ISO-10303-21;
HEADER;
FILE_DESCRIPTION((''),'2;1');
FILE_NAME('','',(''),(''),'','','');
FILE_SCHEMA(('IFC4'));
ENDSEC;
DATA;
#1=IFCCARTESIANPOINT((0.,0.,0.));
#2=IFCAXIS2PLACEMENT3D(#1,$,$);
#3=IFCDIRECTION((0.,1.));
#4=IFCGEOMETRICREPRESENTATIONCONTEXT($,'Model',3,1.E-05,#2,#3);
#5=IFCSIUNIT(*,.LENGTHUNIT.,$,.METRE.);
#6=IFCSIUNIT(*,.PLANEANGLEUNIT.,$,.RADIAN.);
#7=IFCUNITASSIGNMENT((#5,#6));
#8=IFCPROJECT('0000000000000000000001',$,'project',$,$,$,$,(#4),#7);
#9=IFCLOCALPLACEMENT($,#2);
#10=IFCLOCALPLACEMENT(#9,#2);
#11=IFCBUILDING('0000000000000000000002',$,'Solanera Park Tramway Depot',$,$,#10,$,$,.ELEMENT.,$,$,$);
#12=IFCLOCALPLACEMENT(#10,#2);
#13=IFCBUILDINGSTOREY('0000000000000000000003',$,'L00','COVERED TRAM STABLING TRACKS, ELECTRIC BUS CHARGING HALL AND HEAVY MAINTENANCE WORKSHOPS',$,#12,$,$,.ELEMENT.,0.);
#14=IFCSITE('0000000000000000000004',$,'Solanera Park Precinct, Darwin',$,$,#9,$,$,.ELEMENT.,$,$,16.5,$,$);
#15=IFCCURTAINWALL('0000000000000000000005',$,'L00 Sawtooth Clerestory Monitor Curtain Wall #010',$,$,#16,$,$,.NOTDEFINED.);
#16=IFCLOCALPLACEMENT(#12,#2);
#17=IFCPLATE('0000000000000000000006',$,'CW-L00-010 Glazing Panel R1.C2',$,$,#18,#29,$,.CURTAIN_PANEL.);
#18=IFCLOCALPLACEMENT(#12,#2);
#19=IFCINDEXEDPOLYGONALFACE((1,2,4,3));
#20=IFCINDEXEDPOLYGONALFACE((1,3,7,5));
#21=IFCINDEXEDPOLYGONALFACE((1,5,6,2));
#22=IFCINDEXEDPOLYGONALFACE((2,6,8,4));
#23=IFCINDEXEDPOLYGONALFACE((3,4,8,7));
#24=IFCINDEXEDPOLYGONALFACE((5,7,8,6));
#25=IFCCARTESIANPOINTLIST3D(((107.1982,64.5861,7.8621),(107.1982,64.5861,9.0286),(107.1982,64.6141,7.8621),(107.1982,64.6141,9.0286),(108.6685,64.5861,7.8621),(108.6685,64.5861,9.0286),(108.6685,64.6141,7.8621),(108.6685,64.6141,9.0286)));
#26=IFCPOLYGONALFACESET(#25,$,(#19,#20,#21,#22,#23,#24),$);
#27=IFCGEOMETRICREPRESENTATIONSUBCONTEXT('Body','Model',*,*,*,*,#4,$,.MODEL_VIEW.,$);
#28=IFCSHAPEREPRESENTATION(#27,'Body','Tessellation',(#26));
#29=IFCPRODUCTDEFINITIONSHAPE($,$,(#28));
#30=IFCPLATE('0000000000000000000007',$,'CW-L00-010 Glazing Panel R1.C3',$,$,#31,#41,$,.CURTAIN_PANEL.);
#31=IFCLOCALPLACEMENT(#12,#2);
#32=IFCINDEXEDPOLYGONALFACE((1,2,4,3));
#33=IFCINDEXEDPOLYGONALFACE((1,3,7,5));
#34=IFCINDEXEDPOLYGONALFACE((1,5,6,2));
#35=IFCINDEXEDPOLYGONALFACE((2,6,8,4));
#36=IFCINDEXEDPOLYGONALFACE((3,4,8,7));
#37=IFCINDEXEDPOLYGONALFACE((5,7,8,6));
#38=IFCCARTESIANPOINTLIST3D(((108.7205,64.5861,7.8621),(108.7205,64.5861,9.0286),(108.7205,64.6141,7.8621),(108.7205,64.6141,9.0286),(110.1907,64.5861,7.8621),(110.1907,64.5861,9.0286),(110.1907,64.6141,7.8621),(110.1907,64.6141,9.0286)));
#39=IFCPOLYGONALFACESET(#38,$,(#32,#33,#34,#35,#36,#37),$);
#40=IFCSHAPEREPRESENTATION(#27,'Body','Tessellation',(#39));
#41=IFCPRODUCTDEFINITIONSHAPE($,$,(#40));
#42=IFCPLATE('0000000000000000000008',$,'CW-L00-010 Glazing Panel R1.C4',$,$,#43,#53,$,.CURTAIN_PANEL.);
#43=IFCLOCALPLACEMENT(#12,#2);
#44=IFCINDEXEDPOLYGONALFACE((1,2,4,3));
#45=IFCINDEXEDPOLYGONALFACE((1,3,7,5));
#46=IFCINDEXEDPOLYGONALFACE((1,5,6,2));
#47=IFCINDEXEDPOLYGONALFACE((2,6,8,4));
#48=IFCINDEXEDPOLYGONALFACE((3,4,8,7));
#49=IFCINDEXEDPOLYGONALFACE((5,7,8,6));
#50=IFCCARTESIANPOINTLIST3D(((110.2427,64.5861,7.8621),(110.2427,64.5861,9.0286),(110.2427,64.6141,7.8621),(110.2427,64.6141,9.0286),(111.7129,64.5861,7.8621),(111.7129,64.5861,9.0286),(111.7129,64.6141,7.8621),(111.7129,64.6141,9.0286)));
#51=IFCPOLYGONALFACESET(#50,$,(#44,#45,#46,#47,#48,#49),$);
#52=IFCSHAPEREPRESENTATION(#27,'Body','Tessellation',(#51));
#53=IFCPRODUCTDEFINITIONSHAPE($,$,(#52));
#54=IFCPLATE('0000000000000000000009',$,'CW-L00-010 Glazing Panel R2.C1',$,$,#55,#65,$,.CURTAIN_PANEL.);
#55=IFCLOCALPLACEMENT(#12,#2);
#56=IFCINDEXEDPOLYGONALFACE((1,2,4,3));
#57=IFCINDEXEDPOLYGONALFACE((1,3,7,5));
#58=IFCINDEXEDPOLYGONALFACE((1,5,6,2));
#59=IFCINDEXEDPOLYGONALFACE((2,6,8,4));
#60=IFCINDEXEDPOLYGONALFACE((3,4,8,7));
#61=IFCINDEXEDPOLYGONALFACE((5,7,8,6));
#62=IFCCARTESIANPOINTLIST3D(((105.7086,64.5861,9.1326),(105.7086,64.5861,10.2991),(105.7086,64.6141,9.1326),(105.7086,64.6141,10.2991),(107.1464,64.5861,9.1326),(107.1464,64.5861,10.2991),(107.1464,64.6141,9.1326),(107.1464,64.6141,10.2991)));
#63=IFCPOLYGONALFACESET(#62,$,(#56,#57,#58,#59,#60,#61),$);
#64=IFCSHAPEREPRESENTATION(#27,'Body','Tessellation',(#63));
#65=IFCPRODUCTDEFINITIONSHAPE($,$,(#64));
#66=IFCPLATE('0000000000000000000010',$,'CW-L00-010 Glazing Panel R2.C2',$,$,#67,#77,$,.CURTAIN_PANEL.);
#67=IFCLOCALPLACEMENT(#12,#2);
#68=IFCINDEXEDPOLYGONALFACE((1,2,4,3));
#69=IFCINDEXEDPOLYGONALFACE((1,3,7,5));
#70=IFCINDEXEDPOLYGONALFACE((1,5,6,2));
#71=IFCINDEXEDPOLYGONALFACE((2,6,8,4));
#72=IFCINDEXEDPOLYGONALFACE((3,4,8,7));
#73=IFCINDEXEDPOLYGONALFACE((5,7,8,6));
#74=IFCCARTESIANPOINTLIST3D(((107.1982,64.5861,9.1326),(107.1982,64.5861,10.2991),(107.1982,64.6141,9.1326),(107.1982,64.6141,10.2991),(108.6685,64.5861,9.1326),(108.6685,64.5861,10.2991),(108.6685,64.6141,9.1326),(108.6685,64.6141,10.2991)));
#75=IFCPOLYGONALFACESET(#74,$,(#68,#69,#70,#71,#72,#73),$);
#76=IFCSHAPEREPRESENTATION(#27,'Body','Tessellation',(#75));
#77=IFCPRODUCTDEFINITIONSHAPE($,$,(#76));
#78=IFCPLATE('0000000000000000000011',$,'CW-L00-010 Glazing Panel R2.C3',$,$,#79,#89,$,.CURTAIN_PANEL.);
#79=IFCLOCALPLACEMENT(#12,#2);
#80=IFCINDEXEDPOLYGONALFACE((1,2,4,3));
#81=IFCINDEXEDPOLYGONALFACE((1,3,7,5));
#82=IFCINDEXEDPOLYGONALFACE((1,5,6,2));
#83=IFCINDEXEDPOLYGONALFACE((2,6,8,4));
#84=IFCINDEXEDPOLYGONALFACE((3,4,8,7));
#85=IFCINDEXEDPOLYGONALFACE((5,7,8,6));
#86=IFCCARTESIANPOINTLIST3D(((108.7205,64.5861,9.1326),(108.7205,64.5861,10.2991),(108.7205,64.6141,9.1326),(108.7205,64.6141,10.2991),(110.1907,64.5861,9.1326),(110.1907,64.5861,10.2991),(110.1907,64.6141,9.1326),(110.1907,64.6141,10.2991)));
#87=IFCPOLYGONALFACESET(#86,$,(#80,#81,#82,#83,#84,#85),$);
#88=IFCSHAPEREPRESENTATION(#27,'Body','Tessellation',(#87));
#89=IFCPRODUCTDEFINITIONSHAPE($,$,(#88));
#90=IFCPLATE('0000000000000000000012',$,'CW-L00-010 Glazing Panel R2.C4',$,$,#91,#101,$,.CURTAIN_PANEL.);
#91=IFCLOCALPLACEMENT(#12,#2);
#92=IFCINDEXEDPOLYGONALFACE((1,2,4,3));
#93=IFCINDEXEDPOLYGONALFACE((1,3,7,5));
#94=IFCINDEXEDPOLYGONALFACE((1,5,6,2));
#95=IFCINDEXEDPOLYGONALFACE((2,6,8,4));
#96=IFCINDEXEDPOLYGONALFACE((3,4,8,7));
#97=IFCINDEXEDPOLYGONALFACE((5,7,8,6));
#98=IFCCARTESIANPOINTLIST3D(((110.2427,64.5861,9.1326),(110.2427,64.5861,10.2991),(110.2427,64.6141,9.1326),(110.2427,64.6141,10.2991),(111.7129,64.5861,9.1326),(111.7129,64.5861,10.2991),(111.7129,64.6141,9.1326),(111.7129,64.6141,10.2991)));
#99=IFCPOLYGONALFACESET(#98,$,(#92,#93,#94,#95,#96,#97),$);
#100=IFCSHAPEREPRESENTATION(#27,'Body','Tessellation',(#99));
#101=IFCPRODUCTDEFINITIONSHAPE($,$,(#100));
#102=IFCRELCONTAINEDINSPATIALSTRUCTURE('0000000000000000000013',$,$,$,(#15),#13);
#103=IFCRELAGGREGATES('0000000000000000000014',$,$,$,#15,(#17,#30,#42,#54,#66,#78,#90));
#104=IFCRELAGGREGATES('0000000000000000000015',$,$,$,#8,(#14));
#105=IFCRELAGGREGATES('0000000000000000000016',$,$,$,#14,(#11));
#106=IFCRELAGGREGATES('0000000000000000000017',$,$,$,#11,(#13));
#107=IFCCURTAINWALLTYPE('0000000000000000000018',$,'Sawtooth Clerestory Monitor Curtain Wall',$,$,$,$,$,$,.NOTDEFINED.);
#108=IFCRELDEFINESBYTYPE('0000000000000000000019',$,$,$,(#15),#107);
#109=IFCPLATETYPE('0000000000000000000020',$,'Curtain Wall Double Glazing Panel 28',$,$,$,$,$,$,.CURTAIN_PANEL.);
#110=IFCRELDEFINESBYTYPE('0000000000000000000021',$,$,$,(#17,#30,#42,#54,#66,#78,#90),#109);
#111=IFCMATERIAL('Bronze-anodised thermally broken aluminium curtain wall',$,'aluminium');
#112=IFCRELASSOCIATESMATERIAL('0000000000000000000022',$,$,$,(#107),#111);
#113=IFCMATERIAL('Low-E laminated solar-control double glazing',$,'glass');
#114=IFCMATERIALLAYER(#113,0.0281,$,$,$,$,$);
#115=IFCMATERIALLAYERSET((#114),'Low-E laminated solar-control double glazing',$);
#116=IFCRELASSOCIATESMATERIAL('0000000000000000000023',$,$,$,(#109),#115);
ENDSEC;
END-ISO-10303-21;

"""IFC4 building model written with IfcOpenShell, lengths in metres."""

from ifc_helpers import new_model, si_unit, direction, frame, origin, origin_2d, place, context, subcontext, project, spatial, rectangle, extrude, material, layer, layer_set, type_object, element, aggregate, save


model = new_model("IFC4")

# Units and contexts
model_context = context("Model", 3, precision=1e-05, world=origin(), true_north=direction((0.0, 1.0)))
body_context = subcontext(model_context, "Body", "Model", "MODEL_VIEW")
ifc_project = project(units=[si_unit("LENGTHUNIT", "METRE"), si_unit("PLANEANGLEUNIT", "RADIAN")], contexts=[model_context])

# Site, building, storey
site_placement = place(None, origin())
site = spatial("IfcSite", under=ifc_project, at=site_placement, Name="Solanera Park Precinct, Darwin", CompositionType="ELEMENT", RefElevation=16.5)
building_placement = place(site_placement, origin())
building = spatial("IfcBuilding", under=site, at=building_placement, Name="Solanera Park Tramway Depot", CompositionType="ELEMENT")
storey_placement = place(building_placement, origin())
storey = spatial("IfcBuildingStorey", under=building, at=storey_placement, Name="L00", Description="COVERED TRAM STABLING TRACKS, ELECTRIC BUS CHARGING HALL AND HEAVY MAINTENANCE WORKSHOPS", CompositionType="ELEMENT", Elevation=0.0)

# Curtain wall
ifc_material_1 = material(Name="Bronze-anodised thermally broken aluminium curtain wall", Category="aluminium")
curtain_wall_type = type_object("IfcCurtainWallType", Name="Sawtooth Clerestory Monitor Curtain Wall", PredefinedType="NOTDEFINED", material=ifc_material_1)
curtain_wall_1_placement = place(storey_placement, origin())
curtain_wall_1 = element("IfcCurtainWall", 1, at=curtain_wall_1_placement, inside=storey, type_object=curtain_wall_type, Name="L00 Sawtooth Clerestory Monitor Curtain Wall #010", PredefinedType="NOTDEFINED")

# Plates
ifc_material_2 = material(Name="Low-E laminated solar-control double glazing", Category="glass")
ifc_layer = layer(ifc_material_2, 0.0281)
ifc_layer_set = layer_set([ifc_layer], Name="Low-E laminated solar-control double glazing")
plate_type = type_object("IfcPlateType", Name="Curtain Wall Double Glazing Panel 28", PredefinedType="CURTAIN_PANEL", material=ifc_layer_set)
plate_1_placement = place(storey_placement, frame((107.9333, 64.6001, 7.8621), z_axis=(0.0, 0.0, 1.0), x_axis=(1.0, 0.0, 0.0)))
plate_1 = element("IfcPlate", 2, at=plate_1_placement, type_object=plate_type, Name="CW-L00-010 Glazing Panel R1.C2", PredefinedType="CURTAIN_PANEL", context=body_context, shape_type="SweptSolid", body=[
    extrude(rectangle(XDim=1.4702, YDim=0.0281, at=origin_2d()), origin(), (0.0, 0.0, 1.0), 1.1665),
])
plate_2_placement = place(storey_placement, frame((109.4556, 64.6001, 7.8621), z_axis=(0.0, 0.0, 1.0), x_axis=(1.0, 0.0, 0.0)))
plate_2 = element("IfcPlate", 3, at=plate_2_placement, type_object=plate_type, Name="CW-L00-010 Glazing Panel R1.C3", PredefinedType="CURTAIN_PANEL", context=body_context, shape_type="SweptSolid", body=[
    extrude(rectangle(XDim=1.4702, YDim=0.0281, at=origin_2d()), origin(), (0.0, 0.0, 1.0), 1.1665),
])
plate_3_placement = place(storey_placement, frame((110.9778, 64.6001, 7.8621), z_axis=(0.0, 0.0, 1.0), x_axis=(1.0, 0.0, 0.0)))
plate_3 = element("IfcPlate", 4, at=plate_3_placement, type_object=plate_type, Name="CW-L00-010 Glazing Panel R1.C4", PredefinedType="CURTAIN_PANEL", context=body_context, shape_type="SweptSolid", body=[
    extrude(rectangle(XDim=1.4702, YDim=0.0281, at=origin_2d()), origin(), (0.0, 0.0, 1.0), 1.1665),
])
plate_4_placement = place(storey_placement, frame((106.4275, 64.6001, 9.1326), z_axis=(0.0, 0.0, 1.0), x_axis=(1.0, 0.0, 0.0)))
plate_4 = element("IfcPlate", 5, at=plate_4_placement, type_object=plate_type, Name="CW-L00-010 Glazing Panel R2.C1", PredefinedType="CURTAIN_PANEL", context=body_context, shape_type="SweptSolid", body=[
    extrude(rectangle(XDim=1.4377, YDim=0.0281, at=origin_2d()), origin(), (0.0, 0.0, 1.0), 1.1665),
])
plate_5_placement = place(storey_placement, frame((107.9333, 64.6001, 9.1326), z_axis=(0.0, 0.0, 1.0), x_axis=(1.0, 0.0, 0.0)))
plate_5 = element("IfcPlate", 6, at=plate_5_placement, type_object=plate_type, Name="CW-L00-010 Glazing Panel R2.C2", PredefinedType="CURTAIN_PANEL", context=body_context, shape_type="SweptSolid", body=[
    extrude(rectangle(XDim=1.4702, YDim=0.0281, at=origin_2d()), origin(), (0.0, 0.0, 1.0), 1.1665),
])
plate_6_placement = place(storey_placement, frame((109.4556, 64.6001, 9.1326), z_axis=(0.0, 0.0, 1.0), x_axis=(1.0, 0.0, 0.0)))
plate_6 = element("IfcPlate", 7, at=plate_6_placement, type_object=plate_type, Name="CW-L00-010 Glazing Panel R2.C3", PredefinedType="CURTAIN_PANEL", context=body_context, shape_type="SweptSolid", body=[
    extrude(rectangle(XDim=1.4702, YDim=0.0281, at=origin_2d()), origin(), (0.0, 0.0, 1.0), 1.1665),
])
plate_7_placement = place(storey_placement, frame((110.9778, 64.6001, 9.1326), z_axis=(0.0, 0.0, 1.0), x_axis=(1.0, 0.0, 0.0)))
plate_7 = element("IfcPlate", 8, at=plate_7_placement, type_object=plate_type, Name="CW-L00-010 Glazing Panel R2.C4", PredefinedType="CURTAIN_PANEL", context=body_context, shape_type="SweptSolid", body=[
    extrude(rectangle(XDim=1.4702, YDim=0.0281, at=origin_2d()), origin(), (0.0, 0.0, 1.0), 1.1665),
])
aggregate(curtain_wall_1, [plate_1, plate_2, plate_3, plate_4, plate_5, plate_6, plate_7])

save(model, "model.ifc")
